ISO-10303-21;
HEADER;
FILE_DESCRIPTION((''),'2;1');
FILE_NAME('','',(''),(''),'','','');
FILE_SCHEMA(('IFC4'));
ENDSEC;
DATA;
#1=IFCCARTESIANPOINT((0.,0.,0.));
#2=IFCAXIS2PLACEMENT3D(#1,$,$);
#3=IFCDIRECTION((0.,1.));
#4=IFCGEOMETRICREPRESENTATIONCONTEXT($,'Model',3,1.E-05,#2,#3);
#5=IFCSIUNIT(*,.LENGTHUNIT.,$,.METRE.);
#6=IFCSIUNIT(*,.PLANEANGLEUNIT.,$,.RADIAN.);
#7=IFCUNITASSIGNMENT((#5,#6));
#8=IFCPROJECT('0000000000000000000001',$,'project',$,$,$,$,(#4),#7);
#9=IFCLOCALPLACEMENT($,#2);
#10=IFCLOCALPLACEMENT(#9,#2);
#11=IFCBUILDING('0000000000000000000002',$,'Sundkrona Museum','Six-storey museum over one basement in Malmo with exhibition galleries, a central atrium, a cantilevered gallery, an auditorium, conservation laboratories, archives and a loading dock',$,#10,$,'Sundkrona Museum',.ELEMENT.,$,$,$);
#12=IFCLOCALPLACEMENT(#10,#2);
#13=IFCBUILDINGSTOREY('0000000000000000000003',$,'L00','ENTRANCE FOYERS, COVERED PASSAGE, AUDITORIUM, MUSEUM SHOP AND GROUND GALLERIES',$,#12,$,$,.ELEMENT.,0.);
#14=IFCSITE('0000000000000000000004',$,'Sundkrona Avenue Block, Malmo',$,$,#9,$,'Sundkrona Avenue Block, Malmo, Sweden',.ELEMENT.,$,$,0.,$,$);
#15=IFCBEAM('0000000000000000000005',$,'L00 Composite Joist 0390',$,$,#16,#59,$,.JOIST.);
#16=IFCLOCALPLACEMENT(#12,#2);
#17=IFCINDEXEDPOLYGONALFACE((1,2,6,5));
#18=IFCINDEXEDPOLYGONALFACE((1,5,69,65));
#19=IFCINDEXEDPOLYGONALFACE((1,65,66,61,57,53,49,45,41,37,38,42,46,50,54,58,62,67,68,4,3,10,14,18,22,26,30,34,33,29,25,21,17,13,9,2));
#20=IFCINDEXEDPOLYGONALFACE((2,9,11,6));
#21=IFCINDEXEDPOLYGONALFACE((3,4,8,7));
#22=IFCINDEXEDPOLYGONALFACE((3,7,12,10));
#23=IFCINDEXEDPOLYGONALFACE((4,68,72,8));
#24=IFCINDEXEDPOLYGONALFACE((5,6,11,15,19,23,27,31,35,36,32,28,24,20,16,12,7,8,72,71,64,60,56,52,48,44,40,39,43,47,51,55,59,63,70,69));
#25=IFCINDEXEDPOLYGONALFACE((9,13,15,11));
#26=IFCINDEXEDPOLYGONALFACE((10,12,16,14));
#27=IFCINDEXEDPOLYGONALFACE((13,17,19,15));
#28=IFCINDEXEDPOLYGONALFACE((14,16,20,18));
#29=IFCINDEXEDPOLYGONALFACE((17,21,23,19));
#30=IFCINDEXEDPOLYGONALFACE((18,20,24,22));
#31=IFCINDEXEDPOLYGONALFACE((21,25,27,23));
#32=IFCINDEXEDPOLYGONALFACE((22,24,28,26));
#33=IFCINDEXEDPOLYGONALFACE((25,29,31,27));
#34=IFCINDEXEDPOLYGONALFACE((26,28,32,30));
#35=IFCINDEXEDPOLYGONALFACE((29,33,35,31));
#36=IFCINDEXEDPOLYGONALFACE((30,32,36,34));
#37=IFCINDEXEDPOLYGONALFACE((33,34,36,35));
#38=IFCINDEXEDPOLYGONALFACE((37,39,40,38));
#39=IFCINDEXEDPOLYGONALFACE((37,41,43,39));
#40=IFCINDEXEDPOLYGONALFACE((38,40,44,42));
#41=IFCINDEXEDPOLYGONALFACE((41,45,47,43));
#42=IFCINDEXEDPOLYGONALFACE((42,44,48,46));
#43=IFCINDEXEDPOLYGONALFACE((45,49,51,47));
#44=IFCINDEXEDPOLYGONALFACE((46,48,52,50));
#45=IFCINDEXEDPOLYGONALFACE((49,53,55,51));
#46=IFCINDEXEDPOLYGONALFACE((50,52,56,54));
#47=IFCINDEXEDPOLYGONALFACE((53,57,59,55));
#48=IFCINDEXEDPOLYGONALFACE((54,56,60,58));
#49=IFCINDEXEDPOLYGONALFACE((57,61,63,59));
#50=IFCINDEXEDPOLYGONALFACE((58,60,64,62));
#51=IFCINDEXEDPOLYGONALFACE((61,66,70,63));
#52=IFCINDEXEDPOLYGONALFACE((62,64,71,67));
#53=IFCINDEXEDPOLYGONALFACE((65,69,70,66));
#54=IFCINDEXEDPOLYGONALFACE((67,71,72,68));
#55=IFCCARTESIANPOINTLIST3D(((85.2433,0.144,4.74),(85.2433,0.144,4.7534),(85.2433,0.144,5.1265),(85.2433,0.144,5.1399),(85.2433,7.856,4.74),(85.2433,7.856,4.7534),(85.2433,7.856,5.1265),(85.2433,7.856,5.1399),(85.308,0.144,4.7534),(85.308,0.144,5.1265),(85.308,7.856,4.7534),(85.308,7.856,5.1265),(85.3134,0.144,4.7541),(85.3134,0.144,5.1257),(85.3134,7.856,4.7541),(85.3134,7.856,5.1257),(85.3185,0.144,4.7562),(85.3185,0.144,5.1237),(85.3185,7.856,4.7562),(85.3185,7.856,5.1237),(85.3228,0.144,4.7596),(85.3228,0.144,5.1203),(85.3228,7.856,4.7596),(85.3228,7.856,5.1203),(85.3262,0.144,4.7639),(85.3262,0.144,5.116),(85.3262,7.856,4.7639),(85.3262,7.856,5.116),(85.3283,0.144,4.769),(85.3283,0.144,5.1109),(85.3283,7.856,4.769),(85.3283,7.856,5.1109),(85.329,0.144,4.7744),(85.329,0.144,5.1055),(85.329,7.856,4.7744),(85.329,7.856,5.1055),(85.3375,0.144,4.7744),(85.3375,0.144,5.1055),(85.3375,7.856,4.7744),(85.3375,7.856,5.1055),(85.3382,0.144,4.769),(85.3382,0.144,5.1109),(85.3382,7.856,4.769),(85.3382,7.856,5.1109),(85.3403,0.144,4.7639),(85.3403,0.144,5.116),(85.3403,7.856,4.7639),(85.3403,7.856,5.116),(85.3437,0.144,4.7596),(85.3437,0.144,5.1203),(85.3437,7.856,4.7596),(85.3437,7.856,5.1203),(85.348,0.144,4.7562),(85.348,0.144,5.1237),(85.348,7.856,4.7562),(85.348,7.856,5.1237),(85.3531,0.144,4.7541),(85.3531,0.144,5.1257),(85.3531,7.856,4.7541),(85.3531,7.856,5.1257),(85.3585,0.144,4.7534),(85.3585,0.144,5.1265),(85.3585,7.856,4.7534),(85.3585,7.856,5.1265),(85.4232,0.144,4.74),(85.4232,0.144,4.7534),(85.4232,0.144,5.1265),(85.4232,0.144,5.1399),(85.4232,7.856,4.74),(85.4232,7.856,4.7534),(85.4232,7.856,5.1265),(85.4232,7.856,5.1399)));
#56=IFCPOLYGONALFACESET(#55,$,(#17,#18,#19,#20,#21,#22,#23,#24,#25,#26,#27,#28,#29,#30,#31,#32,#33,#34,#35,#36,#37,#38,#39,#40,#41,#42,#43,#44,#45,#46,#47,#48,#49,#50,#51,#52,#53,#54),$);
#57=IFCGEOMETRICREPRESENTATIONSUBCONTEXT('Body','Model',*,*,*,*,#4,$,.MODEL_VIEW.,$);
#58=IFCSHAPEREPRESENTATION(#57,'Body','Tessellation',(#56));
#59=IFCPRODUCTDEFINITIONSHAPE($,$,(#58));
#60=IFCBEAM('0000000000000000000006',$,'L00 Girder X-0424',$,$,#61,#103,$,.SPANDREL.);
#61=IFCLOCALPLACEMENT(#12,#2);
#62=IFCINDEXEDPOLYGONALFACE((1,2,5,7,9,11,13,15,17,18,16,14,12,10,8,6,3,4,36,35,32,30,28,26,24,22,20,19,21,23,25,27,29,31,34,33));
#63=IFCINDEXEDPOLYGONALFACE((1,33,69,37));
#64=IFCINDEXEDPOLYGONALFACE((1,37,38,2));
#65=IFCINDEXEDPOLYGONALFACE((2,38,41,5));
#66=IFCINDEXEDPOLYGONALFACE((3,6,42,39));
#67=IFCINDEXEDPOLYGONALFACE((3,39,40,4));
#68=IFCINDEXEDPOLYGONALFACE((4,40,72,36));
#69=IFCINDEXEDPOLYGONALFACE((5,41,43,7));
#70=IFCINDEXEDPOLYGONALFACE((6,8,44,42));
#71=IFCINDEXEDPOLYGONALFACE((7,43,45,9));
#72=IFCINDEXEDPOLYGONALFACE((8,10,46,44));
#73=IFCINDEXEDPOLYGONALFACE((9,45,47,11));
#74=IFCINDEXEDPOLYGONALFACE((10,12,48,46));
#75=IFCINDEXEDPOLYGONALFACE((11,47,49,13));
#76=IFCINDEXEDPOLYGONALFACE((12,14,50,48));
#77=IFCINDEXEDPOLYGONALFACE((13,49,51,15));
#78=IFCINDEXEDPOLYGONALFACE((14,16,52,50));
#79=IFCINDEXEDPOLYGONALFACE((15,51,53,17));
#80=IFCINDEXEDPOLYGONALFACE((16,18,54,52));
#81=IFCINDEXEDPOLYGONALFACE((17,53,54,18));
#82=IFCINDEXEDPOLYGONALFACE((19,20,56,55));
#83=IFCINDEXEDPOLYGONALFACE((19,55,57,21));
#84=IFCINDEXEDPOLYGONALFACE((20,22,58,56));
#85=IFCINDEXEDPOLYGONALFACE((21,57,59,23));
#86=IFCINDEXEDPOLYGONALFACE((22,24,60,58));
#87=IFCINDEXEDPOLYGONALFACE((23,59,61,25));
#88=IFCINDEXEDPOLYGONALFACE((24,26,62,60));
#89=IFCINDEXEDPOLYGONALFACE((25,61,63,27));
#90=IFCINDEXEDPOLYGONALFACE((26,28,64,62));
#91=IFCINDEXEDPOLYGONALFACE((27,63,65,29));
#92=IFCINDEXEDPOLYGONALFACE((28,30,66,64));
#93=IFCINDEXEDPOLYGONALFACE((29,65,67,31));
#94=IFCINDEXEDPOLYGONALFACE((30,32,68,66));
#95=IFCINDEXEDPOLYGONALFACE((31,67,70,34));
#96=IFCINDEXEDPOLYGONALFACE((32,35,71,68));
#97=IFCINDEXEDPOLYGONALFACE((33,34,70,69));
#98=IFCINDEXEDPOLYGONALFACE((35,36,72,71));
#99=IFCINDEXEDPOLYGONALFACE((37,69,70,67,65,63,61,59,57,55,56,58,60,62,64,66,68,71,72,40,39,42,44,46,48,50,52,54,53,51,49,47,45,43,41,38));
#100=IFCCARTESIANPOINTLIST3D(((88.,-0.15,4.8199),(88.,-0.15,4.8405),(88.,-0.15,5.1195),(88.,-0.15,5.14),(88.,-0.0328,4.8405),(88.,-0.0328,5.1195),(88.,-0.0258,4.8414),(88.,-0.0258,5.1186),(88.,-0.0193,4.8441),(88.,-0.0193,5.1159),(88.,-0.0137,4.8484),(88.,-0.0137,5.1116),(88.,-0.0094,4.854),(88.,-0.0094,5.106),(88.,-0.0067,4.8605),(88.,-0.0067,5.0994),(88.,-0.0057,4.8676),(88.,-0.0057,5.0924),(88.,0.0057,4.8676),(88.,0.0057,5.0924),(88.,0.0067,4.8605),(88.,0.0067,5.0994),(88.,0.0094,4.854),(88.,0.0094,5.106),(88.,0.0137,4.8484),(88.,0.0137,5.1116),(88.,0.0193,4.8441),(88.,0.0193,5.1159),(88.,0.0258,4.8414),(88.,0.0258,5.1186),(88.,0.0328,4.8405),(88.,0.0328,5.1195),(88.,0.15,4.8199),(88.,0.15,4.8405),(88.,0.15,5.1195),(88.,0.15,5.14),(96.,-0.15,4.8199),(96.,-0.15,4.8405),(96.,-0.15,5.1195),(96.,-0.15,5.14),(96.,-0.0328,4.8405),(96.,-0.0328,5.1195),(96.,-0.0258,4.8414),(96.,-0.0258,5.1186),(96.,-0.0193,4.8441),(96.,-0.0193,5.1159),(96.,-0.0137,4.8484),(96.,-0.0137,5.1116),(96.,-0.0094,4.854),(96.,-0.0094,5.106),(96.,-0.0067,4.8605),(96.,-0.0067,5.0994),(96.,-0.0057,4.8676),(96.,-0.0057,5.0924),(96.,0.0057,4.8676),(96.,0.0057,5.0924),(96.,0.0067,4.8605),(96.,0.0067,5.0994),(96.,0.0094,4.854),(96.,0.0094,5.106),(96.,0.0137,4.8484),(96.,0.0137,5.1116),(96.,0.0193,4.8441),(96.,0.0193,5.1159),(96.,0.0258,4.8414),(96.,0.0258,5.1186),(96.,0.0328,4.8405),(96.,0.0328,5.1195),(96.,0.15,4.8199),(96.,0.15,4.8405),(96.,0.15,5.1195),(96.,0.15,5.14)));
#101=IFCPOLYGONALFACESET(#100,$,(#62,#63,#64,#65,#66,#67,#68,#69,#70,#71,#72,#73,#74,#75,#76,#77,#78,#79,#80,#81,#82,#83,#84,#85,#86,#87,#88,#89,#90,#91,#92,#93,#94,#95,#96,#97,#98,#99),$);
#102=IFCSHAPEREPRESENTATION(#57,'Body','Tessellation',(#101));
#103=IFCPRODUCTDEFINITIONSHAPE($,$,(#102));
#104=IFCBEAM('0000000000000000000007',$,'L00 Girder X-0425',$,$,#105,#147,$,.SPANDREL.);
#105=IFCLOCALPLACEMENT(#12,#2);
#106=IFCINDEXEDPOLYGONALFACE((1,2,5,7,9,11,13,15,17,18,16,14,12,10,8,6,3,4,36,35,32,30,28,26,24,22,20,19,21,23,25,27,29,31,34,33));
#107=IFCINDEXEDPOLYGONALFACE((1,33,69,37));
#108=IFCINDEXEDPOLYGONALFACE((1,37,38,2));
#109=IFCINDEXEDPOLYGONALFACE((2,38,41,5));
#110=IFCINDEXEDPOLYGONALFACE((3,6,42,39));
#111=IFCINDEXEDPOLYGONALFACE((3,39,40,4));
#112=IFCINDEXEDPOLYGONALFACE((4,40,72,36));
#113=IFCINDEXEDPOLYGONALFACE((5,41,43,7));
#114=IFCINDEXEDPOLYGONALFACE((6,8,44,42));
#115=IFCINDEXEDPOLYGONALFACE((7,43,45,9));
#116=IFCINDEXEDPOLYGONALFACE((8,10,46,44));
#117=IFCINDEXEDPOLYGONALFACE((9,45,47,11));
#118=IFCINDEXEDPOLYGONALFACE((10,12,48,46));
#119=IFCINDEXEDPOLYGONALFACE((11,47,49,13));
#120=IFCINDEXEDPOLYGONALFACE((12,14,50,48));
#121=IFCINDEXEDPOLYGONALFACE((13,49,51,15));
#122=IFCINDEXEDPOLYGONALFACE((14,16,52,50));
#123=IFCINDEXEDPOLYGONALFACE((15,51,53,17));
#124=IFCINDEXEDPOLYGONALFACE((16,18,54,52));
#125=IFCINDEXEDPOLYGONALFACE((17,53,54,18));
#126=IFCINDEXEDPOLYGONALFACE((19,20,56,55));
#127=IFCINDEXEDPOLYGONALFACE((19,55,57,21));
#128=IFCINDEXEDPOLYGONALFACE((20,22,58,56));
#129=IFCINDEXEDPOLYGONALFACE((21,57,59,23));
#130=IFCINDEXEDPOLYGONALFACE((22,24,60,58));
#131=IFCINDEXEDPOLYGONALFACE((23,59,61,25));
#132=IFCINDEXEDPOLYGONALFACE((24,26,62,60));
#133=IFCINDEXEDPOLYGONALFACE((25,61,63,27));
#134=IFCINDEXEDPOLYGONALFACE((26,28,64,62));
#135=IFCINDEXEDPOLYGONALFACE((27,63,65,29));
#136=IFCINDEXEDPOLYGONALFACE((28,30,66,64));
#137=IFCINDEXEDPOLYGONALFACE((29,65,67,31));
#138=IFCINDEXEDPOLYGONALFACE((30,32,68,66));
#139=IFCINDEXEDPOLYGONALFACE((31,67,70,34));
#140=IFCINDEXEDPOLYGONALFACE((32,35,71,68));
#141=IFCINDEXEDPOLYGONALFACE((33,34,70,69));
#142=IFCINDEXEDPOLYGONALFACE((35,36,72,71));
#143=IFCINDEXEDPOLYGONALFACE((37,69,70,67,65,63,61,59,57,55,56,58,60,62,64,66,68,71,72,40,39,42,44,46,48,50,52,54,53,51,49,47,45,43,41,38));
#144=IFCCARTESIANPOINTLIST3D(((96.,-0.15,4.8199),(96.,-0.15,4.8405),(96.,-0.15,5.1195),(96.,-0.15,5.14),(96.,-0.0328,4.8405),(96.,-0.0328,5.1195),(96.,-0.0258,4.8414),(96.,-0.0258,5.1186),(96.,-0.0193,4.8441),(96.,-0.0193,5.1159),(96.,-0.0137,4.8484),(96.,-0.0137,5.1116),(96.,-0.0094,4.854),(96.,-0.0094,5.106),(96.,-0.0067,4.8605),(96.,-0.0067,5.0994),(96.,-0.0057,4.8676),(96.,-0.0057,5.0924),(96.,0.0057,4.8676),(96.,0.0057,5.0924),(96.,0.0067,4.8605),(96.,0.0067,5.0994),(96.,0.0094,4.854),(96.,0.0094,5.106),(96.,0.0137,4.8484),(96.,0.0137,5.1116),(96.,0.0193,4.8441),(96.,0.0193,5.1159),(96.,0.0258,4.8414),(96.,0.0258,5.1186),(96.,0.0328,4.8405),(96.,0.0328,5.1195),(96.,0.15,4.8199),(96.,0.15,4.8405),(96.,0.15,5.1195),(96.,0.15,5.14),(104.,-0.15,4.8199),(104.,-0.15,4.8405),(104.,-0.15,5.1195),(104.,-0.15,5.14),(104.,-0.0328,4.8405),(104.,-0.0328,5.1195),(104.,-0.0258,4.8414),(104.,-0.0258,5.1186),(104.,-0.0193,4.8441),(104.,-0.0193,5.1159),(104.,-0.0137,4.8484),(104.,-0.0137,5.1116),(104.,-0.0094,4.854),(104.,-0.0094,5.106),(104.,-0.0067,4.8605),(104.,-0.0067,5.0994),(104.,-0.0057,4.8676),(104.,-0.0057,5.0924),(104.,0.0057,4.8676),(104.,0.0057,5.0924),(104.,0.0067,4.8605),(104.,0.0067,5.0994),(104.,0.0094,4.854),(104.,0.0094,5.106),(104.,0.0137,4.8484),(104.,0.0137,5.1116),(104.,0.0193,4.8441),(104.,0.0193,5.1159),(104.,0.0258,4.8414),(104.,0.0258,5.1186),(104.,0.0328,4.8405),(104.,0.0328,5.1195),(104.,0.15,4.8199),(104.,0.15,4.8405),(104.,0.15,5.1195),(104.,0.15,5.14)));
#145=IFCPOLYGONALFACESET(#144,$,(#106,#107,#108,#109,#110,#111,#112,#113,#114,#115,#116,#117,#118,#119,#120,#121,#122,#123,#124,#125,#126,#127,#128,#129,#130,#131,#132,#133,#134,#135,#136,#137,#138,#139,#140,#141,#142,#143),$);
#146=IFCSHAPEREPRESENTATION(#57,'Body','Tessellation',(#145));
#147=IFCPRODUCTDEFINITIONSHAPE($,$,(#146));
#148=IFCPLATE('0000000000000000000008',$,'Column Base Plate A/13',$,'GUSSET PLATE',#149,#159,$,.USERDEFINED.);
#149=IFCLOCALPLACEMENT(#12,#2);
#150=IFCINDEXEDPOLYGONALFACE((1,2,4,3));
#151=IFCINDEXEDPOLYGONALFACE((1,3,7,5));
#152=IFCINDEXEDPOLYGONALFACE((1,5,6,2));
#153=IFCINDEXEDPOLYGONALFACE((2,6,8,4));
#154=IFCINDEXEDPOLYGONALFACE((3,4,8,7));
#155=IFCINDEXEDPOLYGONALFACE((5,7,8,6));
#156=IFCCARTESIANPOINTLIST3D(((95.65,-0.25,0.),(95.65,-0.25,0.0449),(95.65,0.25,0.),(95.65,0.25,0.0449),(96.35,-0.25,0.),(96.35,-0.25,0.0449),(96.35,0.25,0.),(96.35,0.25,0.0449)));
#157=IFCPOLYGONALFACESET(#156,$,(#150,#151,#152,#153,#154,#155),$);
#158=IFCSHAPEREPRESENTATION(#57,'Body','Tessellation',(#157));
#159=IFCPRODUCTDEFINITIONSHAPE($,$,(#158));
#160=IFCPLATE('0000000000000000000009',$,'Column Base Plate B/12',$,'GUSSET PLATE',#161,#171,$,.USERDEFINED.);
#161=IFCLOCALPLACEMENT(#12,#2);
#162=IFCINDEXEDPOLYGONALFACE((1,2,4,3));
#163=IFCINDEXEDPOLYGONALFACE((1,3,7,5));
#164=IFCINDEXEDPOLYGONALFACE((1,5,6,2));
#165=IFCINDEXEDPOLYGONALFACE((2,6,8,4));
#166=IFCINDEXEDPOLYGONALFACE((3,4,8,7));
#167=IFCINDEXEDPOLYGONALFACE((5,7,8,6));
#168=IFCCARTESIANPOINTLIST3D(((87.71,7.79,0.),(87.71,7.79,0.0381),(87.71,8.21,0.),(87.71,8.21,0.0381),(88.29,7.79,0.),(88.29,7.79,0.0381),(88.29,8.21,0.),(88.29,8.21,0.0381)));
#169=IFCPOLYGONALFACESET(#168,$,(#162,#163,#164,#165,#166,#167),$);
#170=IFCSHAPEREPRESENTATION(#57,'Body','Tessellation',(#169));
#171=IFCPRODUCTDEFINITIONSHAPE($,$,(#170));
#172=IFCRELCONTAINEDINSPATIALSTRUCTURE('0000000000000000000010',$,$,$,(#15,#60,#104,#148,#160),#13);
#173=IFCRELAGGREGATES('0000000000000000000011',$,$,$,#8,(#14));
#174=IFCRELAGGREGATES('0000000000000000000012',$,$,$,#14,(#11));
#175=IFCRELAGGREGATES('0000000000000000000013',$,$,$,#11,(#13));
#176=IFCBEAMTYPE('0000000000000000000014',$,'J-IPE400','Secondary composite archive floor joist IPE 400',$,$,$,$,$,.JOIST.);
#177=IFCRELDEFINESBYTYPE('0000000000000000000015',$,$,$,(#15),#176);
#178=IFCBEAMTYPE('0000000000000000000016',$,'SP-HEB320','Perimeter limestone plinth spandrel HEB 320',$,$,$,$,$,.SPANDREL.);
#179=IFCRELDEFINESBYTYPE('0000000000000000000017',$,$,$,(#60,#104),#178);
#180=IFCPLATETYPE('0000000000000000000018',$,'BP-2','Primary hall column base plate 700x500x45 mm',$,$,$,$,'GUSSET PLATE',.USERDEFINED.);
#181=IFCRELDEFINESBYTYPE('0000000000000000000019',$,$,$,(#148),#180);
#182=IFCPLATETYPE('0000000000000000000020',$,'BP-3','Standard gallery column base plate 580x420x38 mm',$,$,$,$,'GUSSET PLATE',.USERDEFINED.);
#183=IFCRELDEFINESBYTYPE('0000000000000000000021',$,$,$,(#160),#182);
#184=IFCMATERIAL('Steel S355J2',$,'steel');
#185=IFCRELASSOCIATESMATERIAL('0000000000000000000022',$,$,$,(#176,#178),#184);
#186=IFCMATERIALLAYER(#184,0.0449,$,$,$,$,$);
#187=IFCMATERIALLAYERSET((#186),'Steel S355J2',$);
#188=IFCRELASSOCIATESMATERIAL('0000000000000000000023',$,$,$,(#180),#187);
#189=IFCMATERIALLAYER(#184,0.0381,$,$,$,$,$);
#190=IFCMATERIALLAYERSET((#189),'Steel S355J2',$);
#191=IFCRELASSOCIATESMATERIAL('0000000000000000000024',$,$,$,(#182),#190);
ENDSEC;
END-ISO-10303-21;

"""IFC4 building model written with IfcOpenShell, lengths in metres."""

from ifc_helpers import new_model, si_unit, direction, frame, origin, origin_2d, place, context, subcontext, project, spatial, rectangle, i_section, extrude, material, layer, layer_set, material_profile, profile_set, type_object, element, save


model = new_model("IFC4")

# Units and contexts
model_context = context("Model", 3, precision=1e-05, world=origin(), true_north=direction((0.0, 1.0)))
body_context = subcontext(model_context, "Body", "Model", "MODEL_VIEW")
ifc_project = project(units=[si_unit("LENGTHUNIT", "METRE"), si_unit("PLANEANGLEUNIT", "RADIAN")], contexts=[model_context])

# Site, building, storey
site_placement = place(None, origin())
site = spatial("IfcSite", under=ifc_project, at=site_placement, Name="Sundkrona Avenue Block, Malmo", LongName="Sundkrona Avenue Block, Malmo, Sweden", CompositionType="ELEMENT", RefElevation=0.0)
building_placement = place(site_placement, origin())
building = spatial("IfcBuilding", under=site, at=building_placement, Name="Sundkrona Museum", Description="Six-storey museum over one basement in Malmo with exhibition galleries, a central atrium, a cantilevered gallery, an auditorium, conservation laboratories, archives and a loading dock", LongName="Sundkrona Museum", CompositionType="ELEMENT")
storey_placement = place(building_placement, origin())
storey = spatial("IfcBuildingStorey", under=building, at=storey_placement, Name="L00", Description="ENTRANCE FOYERS, COVERED PASSAGE, AUDITORIUM, MUSEUM SHOP AND GROUND GALLERIES", CompositionType="ELEMENT", Elevation=0.0)

# Shared definitions
ifc_material_1 = material(Name="Steel S355J2", Category="steel")

# Beams
ifc_material_profile_1 = material_profile(ifc_material_1, i_section(OverallWidth=0.1799, OverallDepth=0.3999, WebThickness=0.0085, FlangeThickness=0.0134, FilletRadius=0.021, at=origin_2d()), Name="IPE 400")
ifc_profile_set_1 = profile_set([ifc_material_profile_1], Name="Steel S355J2")
beam_type_1 = type_object("IfcBeamType", Name="J-IPE400", Description="Secondary composite archive floor joist IPE 400", PredefinedType="JOIST", material=ifc_profile_set_1)
beam_placement = place(storey_placement, frame((85.3333, 0.144, 4.9399), z_axis=(0.0, 1.0, 0.0), x_axis=(-1.0, 0.0, 0.0)))
element("IfcBeam", 1, at=beam_placement, inside=storey, type_object=beam_type_1, Name="L00 Composite Joist 0390", PredefinedType="JOIST", context=body_context, shape_type="SweptSolid", body=[
    extrude(i_section(OverallWidth=0.1799, OverallDepth=0.3999, WebThickness=0.0085, FlangeThickness=0.0134, FilletRadius=0.021, at=origin_2d()), origin(), (0.0, 0.0, 1.0), 7.7119),
])
ifc_material_profile_2 = material_profile(ifc_material_1, i_section(OverallWidth=0.3, OverallDepth=0.3201, WebThickness=0.0115, FlangeThickness=0.0205, FilletRadius=0.0271, at=origin_2d()), Name="HEB 320")
ifc_profile_set_2 = profile_set([ifc_material_profile_2], Name="Steel S355J2")
beam_type_2 = type_object("IfcBeamType", Name="SP-HEB320", Description="Perimeter limestone plinth spandrel HEB 320", PredefinedType="SPANDREL", material=ifc_profile_set_2)
for number, where, z_axis, x_axis, name in (
    (2, (88.0, 0.0, 4.98), (1.0, 0.0, 0.0), (0.0, 1.0, 0.0), "L00 Girder X-0424"),
    (3, (96.0, 0.0, 4.98), (1.0, 0.0, 0.0), (0.0, 1.0, 0.0), "L00 Girder X-0425"),
):
    element("IfcBeam", number, at=place(storey_placement, frame(where, z_axis=z_axis, x_axis=x_axis)), inside=storey, type_object=beam_type_2, Name=name, PredefinedType="SPANDREL", context=body_context, shape_type="SweptSolid", body=[
        extrude(i_section(OverallWidth=0.3, OverallDepth=0.3201, WebThickness=0.0115, FlangeThickness=0.0205, FilletRadius=0.0271, at=origin_2d()), origin(), (0.0, 0.0, 1.0), 8.0),
    ])

# Plates
ifc_layer_1 = layer(ifc_material_1, 0.0449)
ifc_layer_set_1 = layer_set([ifc_layer_1], Name="Steel S355J2")
plate_type_1 = type_object("IfcPlateType", Name="BP-2", Description="Primary hall column base plate 700x500x45 mm", ElementType="GUSSET PLATE", PredefinedType="USERDEFINED", material=ifc_layer_set_1)
plate_1_placement = place(storey_placement, frame((96.0, 0.0, 0.0), z_axis=(0.0, 0.0, 1.0), x_axis=(1.0, 0.0, 0.0)))
element("IfcPlate", 4, at=plate_1_placement, inside=storey, type_object=plate_type_1, Name="Column Base Plate A/13", ObjectType="GUSSET PLATE", PredefinedType="USERDEFINED", context=body_context, shape_type="SweptSolid", body=[
    extrude(rectangle(XDim=0.7, YDim=0.5, at=origin_2d()), origin(), (0.0, 0.0, 1.0), 0.0449),
])
ifc_layer_2 = layer(ifc_material_1, 0.0381)
ifc_layer_set_2 = layer_set([ifc_layer_2], Name="Steel S355J2")
plate_type_2 = type_object("IfcPlateType", Name="BP-3", Description="Standard gallery column base plate 580x420x38 mm", ElementType="GUSSET PLATE", PredefinedType="USERDEFINED", material=ifc_layer_set_2)
plate_2_placement = place(storey_placement, frame((88.0, 8.0, 0.0), z_axis=(0.0, 0.0, 1.0), x_axis=(1.0, 0.0, 0.0)))
element("IfcPlate", 5, at=plate_2_placement, inside=storey, type_object=plate_type_2, Name="Column Base Plate B/12", ObjectType="GUSSET PLATE", PredefinedType="USERDEFINED", context=body_context, shape_type="SweptSolid", body=[
    extrude(rectangle(XDim=0.5801, YDim=0.4199, at=origin_2d()), origin(), (0.0, 0.0, 1.0), 0.0381),
])

save(model, "model.ifc")
